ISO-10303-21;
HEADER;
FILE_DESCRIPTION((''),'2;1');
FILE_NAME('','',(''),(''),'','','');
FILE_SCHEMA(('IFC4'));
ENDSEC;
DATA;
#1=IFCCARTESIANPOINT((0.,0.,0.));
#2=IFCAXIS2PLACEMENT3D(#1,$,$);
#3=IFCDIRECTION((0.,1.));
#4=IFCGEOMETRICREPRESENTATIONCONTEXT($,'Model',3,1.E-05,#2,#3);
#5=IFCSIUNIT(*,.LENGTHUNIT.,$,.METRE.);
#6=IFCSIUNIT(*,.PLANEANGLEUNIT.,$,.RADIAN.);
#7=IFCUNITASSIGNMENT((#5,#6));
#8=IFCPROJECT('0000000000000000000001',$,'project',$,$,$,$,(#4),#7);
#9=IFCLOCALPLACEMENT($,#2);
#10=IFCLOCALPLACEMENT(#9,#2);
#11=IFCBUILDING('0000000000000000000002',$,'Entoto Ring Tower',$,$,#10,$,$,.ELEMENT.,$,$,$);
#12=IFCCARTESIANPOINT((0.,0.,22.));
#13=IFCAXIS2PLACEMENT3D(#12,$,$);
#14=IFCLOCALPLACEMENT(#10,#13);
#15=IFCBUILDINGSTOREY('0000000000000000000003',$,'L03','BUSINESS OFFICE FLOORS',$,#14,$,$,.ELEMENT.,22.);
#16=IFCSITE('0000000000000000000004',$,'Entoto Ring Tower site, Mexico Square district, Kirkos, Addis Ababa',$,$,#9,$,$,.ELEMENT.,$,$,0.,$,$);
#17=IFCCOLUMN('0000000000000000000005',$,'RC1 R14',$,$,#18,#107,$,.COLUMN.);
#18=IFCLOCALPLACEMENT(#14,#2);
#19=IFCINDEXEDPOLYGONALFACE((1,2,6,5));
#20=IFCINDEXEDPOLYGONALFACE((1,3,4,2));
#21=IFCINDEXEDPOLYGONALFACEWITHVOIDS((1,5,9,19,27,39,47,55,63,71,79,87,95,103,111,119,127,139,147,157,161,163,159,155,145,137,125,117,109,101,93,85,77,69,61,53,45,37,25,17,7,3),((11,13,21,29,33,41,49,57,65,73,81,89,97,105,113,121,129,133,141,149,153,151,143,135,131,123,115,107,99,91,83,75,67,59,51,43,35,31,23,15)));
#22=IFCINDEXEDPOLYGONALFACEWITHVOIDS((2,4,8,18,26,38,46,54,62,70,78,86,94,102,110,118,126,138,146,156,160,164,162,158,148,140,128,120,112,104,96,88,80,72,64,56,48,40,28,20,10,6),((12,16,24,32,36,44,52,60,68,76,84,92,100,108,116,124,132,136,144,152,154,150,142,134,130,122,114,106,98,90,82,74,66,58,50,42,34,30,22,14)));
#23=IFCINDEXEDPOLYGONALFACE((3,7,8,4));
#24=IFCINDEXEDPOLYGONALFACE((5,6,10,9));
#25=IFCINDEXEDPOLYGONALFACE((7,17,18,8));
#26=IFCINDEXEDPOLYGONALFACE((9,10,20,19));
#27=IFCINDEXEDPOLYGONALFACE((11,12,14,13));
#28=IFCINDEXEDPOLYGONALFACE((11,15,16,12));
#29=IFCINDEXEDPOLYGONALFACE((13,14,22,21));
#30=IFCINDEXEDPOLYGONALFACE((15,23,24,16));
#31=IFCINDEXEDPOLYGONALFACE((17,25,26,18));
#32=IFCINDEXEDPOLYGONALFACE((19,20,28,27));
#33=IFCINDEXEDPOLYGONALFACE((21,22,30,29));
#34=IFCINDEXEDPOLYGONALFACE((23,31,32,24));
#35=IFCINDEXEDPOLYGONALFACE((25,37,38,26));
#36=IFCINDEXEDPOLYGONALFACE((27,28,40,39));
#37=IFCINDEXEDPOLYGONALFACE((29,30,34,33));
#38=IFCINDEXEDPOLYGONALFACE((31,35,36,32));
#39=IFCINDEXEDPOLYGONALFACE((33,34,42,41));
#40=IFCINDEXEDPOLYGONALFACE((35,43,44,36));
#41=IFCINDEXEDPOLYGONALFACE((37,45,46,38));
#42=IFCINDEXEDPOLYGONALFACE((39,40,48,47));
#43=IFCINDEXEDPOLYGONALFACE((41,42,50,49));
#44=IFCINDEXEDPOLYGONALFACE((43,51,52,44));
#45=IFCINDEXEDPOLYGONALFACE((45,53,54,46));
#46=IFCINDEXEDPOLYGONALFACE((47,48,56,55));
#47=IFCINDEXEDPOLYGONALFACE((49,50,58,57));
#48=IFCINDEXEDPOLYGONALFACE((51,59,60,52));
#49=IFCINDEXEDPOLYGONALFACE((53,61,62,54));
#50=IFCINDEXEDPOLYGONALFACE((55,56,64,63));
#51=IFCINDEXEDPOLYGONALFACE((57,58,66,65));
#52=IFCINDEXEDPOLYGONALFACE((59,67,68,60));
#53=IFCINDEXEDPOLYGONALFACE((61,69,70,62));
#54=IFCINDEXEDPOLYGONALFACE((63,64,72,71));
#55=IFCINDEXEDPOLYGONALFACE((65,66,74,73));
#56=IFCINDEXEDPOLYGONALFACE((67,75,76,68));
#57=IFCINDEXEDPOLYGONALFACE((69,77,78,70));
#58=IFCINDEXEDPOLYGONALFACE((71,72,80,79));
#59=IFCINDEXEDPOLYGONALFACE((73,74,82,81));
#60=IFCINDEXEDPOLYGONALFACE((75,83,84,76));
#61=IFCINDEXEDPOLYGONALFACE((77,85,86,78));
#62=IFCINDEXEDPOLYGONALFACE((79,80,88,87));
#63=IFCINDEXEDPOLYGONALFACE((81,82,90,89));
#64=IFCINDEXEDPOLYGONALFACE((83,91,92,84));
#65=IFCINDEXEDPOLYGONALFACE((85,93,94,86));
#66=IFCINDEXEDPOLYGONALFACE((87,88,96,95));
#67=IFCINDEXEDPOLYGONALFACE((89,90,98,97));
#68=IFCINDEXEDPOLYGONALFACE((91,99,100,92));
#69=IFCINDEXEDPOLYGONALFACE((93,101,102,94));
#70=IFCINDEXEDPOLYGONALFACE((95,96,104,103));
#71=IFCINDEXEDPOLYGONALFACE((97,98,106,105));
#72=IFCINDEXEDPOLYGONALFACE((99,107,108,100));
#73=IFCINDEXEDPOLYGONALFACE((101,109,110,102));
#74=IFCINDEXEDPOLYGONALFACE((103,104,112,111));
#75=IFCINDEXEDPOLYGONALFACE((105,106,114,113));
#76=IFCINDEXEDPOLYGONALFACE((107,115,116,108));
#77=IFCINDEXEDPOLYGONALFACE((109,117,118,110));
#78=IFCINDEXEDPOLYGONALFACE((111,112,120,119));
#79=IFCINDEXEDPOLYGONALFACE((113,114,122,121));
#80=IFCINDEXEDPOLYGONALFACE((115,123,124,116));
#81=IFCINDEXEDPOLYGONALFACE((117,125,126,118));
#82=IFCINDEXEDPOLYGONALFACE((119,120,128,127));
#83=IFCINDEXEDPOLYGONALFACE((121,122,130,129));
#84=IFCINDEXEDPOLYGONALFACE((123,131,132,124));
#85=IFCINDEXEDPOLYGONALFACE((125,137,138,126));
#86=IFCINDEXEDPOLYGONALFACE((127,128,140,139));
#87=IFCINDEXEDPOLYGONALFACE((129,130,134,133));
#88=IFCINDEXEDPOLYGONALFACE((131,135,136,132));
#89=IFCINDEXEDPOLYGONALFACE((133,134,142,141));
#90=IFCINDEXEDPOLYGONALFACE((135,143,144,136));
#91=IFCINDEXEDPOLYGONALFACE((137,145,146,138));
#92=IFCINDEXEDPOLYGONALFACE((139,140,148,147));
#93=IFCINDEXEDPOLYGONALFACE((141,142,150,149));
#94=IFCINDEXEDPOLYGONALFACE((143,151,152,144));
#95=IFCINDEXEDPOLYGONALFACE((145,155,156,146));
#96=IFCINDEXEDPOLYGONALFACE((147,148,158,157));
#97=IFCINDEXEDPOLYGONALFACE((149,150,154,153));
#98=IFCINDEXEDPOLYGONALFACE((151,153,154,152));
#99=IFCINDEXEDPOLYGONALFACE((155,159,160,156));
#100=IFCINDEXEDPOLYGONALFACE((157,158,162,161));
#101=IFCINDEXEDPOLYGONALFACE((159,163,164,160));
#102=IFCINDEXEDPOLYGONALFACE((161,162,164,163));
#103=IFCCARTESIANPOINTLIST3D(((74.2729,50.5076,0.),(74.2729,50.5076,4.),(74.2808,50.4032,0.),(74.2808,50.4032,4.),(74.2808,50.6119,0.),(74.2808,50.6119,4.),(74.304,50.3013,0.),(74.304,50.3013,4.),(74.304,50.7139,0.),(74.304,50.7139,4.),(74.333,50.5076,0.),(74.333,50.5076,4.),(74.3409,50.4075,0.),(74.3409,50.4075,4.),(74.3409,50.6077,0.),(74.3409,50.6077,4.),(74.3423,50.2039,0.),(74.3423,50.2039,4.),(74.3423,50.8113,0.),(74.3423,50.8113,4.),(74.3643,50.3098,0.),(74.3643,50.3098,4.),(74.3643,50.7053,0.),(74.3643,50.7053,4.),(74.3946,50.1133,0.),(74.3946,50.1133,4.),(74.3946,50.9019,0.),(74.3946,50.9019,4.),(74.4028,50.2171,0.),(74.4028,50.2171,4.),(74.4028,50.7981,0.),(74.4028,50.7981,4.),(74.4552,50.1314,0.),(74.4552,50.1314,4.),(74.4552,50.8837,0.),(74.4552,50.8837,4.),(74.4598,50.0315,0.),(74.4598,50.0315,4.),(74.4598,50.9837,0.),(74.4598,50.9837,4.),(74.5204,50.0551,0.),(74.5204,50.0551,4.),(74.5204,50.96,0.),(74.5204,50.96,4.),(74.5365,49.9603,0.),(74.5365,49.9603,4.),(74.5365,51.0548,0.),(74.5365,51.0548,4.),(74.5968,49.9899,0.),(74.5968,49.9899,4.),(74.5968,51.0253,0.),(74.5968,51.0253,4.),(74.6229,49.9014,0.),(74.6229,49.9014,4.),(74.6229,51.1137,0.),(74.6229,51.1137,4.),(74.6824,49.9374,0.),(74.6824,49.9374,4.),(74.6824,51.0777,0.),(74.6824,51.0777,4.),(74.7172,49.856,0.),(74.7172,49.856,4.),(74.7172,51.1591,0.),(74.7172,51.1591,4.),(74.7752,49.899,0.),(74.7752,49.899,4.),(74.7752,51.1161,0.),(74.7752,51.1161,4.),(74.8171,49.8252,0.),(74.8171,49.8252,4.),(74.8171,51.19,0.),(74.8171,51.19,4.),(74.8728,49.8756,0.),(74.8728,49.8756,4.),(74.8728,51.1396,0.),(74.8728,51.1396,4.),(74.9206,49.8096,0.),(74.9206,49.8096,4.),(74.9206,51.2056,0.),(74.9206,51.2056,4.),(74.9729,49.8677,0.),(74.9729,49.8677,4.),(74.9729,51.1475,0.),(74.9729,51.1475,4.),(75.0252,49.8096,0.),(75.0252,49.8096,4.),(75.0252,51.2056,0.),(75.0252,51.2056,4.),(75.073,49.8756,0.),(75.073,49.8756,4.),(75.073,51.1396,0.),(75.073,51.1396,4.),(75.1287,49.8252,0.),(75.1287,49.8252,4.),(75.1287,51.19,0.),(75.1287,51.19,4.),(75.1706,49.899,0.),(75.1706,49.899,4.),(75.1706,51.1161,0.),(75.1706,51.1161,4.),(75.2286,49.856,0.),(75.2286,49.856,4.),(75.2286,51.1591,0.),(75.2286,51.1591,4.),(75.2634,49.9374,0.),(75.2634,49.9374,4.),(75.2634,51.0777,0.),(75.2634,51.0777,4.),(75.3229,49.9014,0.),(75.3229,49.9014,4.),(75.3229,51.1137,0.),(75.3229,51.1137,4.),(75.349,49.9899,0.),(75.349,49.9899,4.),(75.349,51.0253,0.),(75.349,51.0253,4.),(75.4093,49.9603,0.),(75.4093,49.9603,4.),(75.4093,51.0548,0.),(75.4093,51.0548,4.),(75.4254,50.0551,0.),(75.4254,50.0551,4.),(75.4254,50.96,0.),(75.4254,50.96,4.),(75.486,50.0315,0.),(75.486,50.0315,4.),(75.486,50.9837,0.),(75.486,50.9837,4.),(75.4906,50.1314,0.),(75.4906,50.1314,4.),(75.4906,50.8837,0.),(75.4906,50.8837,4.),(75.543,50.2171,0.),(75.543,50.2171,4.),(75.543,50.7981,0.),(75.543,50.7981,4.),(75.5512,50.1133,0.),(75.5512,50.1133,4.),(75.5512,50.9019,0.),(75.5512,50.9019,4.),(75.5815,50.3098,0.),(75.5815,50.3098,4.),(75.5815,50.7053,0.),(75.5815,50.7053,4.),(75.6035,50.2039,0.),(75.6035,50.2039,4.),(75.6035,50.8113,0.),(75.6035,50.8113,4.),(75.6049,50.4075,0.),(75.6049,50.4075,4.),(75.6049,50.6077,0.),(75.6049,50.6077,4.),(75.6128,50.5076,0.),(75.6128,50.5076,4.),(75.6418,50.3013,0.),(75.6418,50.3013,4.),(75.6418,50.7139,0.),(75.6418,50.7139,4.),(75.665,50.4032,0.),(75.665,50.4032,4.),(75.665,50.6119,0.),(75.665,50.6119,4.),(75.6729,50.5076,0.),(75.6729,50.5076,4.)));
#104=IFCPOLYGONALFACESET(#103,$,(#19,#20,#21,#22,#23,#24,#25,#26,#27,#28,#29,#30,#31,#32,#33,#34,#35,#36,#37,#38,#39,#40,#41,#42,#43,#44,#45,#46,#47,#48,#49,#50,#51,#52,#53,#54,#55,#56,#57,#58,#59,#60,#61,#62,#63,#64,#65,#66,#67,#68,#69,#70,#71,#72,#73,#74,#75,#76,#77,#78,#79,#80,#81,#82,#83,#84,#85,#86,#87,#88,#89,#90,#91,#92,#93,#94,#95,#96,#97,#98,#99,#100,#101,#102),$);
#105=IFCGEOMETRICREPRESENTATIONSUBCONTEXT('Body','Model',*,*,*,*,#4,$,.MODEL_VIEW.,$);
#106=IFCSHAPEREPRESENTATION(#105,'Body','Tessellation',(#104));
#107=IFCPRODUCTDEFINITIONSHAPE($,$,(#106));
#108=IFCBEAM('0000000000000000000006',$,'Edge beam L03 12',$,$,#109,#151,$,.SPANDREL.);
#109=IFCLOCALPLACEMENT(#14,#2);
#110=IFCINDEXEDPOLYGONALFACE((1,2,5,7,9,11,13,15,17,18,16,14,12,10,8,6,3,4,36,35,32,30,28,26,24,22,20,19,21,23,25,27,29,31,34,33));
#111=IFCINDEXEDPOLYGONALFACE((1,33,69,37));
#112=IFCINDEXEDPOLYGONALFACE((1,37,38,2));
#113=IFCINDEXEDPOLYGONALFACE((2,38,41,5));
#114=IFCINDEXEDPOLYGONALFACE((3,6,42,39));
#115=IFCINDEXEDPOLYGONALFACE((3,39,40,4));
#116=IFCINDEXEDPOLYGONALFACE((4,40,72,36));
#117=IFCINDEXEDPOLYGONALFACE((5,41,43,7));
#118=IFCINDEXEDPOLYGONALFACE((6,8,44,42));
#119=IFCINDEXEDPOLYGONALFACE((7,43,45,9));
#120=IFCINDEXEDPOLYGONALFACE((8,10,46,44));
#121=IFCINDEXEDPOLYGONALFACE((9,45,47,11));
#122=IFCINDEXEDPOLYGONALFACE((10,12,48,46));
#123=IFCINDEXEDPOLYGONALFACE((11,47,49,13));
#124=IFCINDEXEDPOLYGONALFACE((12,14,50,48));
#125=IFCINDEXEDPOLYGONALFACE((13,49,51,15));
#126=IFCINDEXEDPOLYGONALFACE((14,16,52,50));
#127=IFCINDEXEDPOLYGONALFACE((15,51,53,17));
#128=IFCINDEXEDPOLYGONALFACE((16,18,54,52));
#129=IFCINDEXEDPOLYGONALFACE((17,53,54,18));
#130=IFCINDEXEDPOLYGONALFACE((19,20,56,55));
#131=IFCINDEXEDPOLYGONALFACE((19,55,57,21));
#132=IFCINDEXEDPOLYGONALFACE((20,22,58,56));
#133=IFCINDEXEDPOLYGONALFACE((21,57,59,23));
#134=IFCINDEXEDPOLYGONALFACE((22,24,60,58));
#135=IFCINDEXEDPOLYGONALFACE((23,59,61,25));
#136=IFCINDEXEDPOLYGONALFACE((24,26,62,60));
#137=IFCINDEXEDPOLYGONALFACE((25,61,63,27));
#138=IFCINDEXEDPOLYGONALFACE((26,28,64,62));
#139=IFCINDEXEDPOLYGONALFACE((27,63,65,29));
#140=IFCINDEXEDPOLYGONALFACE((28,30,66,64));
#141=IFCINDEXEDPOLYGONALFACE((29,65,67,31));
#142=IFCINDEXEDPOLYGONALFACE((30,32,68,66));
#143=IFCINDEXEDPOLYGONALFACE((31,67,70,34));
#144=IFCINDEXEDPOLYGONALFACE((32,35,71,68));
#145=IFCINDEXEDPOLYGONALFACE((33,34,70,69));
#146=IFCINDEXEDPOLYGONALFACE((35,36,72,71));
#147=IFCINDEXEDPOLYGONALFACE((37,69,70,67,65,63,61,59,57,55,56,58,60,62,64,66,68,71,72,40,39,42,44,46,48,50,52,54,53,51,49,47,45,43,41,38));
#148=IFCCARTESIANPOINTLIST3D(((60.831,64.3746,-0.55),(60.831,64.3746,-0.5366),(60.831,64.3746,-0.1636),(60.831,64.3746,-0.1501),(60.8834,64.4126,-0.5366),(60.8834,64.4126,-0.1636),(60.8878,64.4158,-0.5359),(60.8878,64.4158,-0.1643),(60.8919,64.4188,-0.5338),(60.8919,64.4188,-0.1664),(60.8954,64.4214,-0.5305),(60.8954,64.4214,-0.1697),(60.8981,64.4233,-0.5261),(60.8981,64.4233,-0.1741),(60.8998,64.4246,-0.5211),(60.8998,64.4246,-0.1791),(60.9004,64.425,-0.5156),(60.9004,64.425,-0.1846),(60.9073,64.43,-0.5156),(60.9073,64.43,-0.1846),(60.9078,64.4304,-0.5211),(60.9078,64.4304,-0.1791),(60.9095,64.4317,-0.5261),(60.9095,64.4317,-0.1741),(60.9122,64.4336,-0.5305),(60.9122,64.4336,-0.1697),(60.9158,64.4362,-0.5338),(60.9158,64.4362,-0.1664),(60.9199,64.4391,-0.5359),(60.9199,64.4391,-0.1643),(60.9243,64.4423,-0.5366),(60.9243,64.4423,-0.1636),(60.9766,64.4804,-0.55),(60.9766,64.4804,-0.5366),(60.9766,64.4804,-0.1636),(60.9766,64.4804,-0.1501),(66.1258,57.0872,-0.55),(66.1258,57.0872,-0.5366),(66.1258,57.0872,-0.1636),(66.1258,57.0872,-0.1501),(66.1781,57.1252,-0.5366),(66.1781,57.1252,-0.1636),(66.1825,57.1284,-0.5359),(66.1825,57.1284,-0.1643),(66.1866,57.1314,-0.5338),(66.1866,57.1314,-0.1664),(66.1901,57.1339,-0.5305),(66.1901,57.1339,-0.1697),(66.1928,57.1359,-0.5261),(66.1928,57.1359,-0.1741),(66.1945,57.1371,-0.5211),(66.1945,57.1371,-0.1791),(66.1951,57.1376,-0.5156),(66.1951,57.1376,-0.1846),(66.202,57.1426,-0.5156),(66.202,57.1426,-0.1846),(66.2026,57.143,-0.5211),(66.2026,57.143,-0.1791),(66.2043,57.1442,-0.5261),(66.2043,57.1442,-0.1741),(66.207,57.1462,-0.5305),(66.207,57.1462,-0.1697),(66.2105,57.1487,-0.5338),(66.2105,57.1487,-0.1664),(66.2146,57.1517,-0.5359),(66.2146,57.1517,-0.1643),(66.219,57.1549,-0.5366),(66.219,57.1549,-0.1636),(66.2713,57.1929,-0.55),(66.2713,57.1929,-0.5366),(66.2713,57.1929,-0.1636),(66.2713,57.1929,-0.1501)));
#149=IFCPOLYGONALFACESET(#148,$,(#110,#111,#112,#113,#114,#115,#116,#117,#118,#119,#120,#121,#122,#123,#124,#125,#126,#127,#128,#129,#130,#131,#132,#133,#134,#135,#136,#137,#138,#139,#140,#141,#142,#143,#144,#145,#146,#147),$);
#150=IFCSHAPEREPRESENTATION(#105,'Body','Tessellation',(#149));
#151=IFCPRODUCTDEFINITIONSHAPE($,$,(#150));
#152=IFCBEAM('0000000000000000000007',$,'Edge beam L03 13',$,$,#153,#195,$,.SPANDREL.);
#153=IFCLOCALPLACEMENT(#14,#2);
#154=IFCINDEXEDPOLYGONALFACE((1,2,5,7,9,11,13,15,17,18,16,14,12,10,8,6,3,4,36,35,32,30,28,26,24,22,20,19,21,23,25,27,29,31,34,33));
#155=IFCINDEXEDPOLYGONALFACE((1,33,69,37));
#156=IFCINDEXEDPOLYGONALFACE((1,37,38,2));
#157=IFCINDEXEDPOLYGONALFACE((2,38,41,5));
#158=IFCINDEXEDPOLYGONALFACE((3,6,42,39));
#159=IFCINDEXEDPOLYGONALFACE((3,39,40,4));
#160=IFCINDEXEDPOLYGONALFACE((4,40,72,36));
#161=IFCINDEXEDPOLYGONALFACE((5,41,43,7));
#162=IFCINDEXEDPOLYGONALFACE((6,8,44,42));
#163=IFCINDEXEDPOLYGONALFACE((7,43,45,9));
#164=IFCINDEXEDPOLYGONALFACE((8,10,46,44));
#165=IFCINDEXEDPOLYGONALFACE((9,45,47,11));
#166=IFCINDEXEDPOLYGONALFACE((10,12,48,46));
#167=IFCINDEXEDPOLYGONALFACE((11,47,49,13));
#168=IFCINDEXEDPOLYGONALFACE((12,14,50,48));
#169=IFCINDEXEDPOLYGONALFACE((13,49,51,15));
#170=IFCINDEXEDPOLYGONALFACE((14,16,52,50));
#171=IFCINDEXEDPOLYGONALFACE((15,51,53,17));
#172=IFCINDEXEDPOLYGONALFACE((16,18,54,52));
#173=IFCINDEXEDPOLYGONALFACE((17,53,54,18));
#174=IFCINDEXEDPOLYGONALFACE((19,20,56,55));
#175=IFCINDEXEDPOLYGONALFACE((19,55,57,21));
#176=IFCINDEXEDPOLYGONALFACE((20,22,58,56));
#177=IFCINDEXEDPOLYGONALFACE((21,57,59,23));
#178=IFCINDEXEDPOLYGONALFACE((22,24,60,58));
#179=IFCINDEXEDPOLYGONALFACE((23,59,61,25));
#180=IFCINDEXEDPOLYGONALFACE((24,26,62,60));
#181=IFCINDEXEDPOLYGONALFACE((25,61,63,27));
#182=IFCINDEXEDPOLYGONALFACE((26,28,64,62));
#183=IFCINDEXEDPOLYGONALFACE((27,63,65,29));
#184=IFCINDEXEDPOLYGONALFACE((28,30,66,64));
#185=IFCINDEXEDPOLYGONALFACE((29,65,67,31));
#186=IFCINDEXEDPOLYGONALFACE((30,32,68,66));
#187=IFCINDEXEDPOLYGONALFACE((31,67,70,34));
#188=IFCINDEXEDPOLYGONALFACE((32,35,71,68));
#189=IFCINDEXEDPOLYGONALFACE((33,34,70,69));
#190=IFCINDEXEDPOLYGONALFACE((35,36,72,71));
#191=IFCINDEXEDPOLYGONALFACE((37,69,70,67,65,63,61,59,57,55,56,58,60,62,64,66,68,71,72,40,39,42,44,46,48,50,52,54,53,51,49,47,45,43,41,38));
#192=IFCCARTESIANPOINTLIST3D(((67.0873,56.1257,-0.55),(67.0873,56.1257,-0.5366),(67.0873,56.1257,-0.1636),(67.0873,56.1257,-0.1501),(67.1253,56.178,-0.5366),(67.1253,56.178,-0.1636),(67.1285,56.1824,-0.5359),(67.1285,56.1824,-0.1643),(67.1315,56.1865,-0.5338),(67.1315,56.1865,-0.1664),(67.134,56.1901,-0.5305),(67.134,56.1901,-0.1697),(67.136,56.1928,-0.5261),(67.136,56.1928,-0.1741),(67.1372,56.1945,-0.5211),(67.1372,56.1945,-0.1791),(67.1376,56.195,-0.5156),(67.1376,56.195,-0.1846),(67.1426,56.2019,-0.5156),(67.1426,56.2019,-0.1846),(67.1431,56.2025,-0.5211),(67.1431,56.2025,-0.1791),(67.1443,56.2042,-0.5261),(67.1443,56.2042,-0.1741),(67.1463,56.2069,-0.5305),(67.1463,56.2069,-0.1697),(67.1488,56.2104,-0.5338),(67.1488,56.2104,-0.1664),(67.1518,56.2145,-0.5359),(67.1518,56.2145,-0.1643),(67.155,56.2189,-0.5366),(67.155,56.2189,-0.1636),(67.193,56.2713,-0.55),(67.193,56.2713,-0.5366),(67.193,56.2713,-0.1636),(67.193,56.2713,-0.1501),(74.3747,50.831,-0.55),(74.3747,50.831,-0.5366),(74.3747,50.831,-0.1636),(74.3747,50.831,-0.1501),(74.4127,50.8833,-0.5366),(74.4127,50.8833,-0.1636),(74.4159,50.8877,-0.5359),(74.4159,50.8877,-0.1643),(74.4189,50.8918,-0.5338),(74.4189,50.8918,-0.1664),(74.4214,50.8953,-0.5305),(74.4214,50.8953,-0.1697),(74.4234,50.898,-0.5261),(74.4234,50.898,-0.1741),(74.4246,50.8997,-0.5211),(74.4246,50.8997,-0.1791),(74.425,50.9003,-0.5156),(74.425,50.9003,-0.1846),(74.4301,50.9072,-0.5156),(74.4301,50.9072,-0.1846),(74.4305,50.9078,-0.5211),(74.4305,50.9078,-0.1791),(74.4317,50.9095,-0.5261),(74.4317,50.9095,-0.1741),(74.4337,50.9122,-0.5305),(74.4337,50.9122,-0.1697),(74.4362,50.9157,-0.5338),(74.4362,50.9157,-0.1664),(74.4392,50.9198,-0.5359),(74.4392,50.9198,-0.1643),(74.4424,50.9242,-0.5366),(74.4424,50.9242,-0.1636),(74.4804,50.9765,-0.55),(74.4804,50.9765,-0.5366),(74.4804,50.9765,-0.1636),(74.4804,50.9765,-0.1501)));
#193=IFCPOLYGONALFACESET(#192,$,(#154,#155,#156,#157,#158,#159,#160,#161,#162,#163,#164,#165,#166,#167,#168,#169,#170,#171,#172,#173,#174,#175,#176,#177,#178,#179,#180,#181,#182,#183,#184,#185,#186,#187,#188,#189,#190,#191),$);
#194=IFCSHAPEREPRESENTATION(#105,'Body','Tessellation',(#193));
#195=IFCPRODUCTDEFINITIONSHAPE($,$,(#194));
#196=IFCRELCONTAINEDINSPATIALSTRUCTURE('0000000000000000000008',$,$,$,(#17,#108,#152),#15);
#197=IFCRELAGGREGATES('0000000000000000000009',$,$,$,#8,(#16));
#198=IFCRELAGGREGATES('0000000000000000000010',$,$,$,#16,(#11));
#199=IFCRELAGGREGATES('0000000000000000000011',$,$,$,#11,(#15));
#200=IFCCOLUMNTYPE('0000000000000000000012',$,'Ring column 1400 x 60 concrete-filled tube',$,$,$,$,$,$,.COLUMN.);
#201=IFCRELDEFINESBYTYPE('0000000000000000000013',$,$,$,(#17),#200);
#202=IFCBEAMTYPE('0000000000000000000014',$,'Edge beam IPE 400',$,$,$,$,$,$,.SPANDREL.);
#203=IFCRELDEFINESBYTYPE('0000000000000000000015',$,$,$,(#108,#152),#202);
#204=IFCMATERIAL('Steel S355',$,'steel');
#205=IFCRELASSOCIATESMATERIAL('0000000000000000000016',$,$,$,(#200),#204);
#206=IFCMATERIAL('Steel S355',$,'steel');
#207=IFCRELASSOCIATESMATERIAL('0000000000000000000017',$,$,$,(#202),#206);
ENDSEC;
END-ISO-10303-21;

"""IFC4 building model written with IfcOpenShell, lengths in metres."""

from ifc_helpers import new_model, si_unit, direction, frame, origin, origin_2d, place, context, subcontext, project, spatial, circle, hollow_circle, i_section, extrude, material, material_profile, profile_set, type_object, element, save


model = new_model("IFC4")

# Units and contexts
model_context = context("Model", 3, precision=1e-05, world=origin(), true_north=direction((0.0, 1.0)))
body_context = subcontext(model_context, "Body", "Model", "MODEL_VIEW")
ifc_project = project(units=[si_unit("LENGTHUNIT", "METRE"), si_unit("PLANEANGLEUNIT", "RADIAN")], contexts=[model_context])

# Site, building, storey
site_placement = place(None, origin())
site = spatial("IfcSite", under=ifc_project, at=site_placement, Name="Entoto Ring Tower site, Mexico Square district, Kirkos, Addis Ababa", CompositionType="ELEMENT", RefElevation=0.0)
building_placement = place(site_placement, origin())
building = spatial("IfcBuilding", under=site, at=building_placement, Name="Entoto Ring Tower", CompositionType="ELEMENT")
storey_placement = place(building_placement, frame((0.0, 0.0, 22.0)))
storey = spatial("IfcBuildingStorey", under=building, at=storey_placement, Name="L03", Description="BUSINESS OFFICE FLOORS", CompositionType="ELEMENT", Elevation=22.0)

# Column
ifc_material_1 = material(Name="Steel S355", Category="steel")
ifc_material_profile_1 = material_profile(ifc_material_1, hollow_circle(Radius=0.7, WallThickness=0.0601, at=origin_2d()), Name="CHS 1400 x 60")
ifc_material_2 = material(Name="Concrete C60/75", Category="concrete")
ifc_material_profile_2 = material_profile(ifc_material_2, circle(Radius=0.6399, at=origin_2d()), Name="Concrete C60/75 infill")
ifc_profile_set_1 = profile_set([ifc_material_profile_1, ifc_material_profile_2], Name="Steel S355")
column_type = type_object("IfcColumnType", Name="Ring column 1400 x 60 concrete-filled tube", PredefinedType="COLUMN", material=ifc_profile_set_1)
for number, where, z_axis, x_axis, name in (
    (1, (74.9729, 50.5076, 0.0), (0.0, 0.0, 1.0), (1.0, 0.0, 0.0), "RC1 R14"),
):
    element("IfcColumn", number, at=place(storey_placement, frame(where, z_axis=z_axis, x_axis=x_axis)), inside=storey, type_object=column_type, Name=name, PredefinedType="COLUMN", context=body_context, shape_type="SweptSolid", body=[
        extrude(hollow_circle(Radius=0.7, WallThickness=0.0601, at=origin_2d()), origin(), (0.0, 0.0, 1.0), 4.0),
    ])

# Beams
ifc_material_3 = material(Name="Steel S355", Category="steel")
ifc_material_profile_3 = material_profile(ifc_material_3, i_section(OverallWidth=0.1799, OverallDepth=0.3999, WebThickness=0.0085, FlangeThickness=0.0134, FilletRadius=0.021, at=origin_2d()), Name="IPE 400")
ifc_profile_set_2 = profile_set([ifc_material_profile_3], Name="Steel S355")
beam_type_1 = type_object("IfcBeamType", Name="Edge beam IPE 400", PredefinedType="SPANDREL", material=ifc_profile_set_2)
for number, where, z_axis, x_axis, name in (
    (2, (60.9038, 64.4275, -0.3501), (0.587793, -0.809011, 0.0), (0.809011, 0.587793, 0.0), "Edge beam L03 12"),
    (3, (67.1401, 56.1985, -0.3501), (0.809011, -0.587793, 0.0), (0.587793, 0.809011, 0.0), "Edge beam L03 13"),
):
    element("IfcBeam", number, at=place(storey_placement, frame(where, z_axis=z_axis, x_axis=x_axis)), inside=storey, type_object=beam_type_1, Name=name, PredefinedType="SPANDREL", context=body_context, shape_type="SweptSolid", body=[
        extrude(i_section(OverallWidth=0.1799, OverallDepth=0.3999, WebThickness=0.0085, FlangeThickness=0.0134, FilletRadius=0.021, at=origin_2d()), origin(), (0.0, 0.0, 1.0), 9.0078),
    ])

save(model, "model.ifc")
